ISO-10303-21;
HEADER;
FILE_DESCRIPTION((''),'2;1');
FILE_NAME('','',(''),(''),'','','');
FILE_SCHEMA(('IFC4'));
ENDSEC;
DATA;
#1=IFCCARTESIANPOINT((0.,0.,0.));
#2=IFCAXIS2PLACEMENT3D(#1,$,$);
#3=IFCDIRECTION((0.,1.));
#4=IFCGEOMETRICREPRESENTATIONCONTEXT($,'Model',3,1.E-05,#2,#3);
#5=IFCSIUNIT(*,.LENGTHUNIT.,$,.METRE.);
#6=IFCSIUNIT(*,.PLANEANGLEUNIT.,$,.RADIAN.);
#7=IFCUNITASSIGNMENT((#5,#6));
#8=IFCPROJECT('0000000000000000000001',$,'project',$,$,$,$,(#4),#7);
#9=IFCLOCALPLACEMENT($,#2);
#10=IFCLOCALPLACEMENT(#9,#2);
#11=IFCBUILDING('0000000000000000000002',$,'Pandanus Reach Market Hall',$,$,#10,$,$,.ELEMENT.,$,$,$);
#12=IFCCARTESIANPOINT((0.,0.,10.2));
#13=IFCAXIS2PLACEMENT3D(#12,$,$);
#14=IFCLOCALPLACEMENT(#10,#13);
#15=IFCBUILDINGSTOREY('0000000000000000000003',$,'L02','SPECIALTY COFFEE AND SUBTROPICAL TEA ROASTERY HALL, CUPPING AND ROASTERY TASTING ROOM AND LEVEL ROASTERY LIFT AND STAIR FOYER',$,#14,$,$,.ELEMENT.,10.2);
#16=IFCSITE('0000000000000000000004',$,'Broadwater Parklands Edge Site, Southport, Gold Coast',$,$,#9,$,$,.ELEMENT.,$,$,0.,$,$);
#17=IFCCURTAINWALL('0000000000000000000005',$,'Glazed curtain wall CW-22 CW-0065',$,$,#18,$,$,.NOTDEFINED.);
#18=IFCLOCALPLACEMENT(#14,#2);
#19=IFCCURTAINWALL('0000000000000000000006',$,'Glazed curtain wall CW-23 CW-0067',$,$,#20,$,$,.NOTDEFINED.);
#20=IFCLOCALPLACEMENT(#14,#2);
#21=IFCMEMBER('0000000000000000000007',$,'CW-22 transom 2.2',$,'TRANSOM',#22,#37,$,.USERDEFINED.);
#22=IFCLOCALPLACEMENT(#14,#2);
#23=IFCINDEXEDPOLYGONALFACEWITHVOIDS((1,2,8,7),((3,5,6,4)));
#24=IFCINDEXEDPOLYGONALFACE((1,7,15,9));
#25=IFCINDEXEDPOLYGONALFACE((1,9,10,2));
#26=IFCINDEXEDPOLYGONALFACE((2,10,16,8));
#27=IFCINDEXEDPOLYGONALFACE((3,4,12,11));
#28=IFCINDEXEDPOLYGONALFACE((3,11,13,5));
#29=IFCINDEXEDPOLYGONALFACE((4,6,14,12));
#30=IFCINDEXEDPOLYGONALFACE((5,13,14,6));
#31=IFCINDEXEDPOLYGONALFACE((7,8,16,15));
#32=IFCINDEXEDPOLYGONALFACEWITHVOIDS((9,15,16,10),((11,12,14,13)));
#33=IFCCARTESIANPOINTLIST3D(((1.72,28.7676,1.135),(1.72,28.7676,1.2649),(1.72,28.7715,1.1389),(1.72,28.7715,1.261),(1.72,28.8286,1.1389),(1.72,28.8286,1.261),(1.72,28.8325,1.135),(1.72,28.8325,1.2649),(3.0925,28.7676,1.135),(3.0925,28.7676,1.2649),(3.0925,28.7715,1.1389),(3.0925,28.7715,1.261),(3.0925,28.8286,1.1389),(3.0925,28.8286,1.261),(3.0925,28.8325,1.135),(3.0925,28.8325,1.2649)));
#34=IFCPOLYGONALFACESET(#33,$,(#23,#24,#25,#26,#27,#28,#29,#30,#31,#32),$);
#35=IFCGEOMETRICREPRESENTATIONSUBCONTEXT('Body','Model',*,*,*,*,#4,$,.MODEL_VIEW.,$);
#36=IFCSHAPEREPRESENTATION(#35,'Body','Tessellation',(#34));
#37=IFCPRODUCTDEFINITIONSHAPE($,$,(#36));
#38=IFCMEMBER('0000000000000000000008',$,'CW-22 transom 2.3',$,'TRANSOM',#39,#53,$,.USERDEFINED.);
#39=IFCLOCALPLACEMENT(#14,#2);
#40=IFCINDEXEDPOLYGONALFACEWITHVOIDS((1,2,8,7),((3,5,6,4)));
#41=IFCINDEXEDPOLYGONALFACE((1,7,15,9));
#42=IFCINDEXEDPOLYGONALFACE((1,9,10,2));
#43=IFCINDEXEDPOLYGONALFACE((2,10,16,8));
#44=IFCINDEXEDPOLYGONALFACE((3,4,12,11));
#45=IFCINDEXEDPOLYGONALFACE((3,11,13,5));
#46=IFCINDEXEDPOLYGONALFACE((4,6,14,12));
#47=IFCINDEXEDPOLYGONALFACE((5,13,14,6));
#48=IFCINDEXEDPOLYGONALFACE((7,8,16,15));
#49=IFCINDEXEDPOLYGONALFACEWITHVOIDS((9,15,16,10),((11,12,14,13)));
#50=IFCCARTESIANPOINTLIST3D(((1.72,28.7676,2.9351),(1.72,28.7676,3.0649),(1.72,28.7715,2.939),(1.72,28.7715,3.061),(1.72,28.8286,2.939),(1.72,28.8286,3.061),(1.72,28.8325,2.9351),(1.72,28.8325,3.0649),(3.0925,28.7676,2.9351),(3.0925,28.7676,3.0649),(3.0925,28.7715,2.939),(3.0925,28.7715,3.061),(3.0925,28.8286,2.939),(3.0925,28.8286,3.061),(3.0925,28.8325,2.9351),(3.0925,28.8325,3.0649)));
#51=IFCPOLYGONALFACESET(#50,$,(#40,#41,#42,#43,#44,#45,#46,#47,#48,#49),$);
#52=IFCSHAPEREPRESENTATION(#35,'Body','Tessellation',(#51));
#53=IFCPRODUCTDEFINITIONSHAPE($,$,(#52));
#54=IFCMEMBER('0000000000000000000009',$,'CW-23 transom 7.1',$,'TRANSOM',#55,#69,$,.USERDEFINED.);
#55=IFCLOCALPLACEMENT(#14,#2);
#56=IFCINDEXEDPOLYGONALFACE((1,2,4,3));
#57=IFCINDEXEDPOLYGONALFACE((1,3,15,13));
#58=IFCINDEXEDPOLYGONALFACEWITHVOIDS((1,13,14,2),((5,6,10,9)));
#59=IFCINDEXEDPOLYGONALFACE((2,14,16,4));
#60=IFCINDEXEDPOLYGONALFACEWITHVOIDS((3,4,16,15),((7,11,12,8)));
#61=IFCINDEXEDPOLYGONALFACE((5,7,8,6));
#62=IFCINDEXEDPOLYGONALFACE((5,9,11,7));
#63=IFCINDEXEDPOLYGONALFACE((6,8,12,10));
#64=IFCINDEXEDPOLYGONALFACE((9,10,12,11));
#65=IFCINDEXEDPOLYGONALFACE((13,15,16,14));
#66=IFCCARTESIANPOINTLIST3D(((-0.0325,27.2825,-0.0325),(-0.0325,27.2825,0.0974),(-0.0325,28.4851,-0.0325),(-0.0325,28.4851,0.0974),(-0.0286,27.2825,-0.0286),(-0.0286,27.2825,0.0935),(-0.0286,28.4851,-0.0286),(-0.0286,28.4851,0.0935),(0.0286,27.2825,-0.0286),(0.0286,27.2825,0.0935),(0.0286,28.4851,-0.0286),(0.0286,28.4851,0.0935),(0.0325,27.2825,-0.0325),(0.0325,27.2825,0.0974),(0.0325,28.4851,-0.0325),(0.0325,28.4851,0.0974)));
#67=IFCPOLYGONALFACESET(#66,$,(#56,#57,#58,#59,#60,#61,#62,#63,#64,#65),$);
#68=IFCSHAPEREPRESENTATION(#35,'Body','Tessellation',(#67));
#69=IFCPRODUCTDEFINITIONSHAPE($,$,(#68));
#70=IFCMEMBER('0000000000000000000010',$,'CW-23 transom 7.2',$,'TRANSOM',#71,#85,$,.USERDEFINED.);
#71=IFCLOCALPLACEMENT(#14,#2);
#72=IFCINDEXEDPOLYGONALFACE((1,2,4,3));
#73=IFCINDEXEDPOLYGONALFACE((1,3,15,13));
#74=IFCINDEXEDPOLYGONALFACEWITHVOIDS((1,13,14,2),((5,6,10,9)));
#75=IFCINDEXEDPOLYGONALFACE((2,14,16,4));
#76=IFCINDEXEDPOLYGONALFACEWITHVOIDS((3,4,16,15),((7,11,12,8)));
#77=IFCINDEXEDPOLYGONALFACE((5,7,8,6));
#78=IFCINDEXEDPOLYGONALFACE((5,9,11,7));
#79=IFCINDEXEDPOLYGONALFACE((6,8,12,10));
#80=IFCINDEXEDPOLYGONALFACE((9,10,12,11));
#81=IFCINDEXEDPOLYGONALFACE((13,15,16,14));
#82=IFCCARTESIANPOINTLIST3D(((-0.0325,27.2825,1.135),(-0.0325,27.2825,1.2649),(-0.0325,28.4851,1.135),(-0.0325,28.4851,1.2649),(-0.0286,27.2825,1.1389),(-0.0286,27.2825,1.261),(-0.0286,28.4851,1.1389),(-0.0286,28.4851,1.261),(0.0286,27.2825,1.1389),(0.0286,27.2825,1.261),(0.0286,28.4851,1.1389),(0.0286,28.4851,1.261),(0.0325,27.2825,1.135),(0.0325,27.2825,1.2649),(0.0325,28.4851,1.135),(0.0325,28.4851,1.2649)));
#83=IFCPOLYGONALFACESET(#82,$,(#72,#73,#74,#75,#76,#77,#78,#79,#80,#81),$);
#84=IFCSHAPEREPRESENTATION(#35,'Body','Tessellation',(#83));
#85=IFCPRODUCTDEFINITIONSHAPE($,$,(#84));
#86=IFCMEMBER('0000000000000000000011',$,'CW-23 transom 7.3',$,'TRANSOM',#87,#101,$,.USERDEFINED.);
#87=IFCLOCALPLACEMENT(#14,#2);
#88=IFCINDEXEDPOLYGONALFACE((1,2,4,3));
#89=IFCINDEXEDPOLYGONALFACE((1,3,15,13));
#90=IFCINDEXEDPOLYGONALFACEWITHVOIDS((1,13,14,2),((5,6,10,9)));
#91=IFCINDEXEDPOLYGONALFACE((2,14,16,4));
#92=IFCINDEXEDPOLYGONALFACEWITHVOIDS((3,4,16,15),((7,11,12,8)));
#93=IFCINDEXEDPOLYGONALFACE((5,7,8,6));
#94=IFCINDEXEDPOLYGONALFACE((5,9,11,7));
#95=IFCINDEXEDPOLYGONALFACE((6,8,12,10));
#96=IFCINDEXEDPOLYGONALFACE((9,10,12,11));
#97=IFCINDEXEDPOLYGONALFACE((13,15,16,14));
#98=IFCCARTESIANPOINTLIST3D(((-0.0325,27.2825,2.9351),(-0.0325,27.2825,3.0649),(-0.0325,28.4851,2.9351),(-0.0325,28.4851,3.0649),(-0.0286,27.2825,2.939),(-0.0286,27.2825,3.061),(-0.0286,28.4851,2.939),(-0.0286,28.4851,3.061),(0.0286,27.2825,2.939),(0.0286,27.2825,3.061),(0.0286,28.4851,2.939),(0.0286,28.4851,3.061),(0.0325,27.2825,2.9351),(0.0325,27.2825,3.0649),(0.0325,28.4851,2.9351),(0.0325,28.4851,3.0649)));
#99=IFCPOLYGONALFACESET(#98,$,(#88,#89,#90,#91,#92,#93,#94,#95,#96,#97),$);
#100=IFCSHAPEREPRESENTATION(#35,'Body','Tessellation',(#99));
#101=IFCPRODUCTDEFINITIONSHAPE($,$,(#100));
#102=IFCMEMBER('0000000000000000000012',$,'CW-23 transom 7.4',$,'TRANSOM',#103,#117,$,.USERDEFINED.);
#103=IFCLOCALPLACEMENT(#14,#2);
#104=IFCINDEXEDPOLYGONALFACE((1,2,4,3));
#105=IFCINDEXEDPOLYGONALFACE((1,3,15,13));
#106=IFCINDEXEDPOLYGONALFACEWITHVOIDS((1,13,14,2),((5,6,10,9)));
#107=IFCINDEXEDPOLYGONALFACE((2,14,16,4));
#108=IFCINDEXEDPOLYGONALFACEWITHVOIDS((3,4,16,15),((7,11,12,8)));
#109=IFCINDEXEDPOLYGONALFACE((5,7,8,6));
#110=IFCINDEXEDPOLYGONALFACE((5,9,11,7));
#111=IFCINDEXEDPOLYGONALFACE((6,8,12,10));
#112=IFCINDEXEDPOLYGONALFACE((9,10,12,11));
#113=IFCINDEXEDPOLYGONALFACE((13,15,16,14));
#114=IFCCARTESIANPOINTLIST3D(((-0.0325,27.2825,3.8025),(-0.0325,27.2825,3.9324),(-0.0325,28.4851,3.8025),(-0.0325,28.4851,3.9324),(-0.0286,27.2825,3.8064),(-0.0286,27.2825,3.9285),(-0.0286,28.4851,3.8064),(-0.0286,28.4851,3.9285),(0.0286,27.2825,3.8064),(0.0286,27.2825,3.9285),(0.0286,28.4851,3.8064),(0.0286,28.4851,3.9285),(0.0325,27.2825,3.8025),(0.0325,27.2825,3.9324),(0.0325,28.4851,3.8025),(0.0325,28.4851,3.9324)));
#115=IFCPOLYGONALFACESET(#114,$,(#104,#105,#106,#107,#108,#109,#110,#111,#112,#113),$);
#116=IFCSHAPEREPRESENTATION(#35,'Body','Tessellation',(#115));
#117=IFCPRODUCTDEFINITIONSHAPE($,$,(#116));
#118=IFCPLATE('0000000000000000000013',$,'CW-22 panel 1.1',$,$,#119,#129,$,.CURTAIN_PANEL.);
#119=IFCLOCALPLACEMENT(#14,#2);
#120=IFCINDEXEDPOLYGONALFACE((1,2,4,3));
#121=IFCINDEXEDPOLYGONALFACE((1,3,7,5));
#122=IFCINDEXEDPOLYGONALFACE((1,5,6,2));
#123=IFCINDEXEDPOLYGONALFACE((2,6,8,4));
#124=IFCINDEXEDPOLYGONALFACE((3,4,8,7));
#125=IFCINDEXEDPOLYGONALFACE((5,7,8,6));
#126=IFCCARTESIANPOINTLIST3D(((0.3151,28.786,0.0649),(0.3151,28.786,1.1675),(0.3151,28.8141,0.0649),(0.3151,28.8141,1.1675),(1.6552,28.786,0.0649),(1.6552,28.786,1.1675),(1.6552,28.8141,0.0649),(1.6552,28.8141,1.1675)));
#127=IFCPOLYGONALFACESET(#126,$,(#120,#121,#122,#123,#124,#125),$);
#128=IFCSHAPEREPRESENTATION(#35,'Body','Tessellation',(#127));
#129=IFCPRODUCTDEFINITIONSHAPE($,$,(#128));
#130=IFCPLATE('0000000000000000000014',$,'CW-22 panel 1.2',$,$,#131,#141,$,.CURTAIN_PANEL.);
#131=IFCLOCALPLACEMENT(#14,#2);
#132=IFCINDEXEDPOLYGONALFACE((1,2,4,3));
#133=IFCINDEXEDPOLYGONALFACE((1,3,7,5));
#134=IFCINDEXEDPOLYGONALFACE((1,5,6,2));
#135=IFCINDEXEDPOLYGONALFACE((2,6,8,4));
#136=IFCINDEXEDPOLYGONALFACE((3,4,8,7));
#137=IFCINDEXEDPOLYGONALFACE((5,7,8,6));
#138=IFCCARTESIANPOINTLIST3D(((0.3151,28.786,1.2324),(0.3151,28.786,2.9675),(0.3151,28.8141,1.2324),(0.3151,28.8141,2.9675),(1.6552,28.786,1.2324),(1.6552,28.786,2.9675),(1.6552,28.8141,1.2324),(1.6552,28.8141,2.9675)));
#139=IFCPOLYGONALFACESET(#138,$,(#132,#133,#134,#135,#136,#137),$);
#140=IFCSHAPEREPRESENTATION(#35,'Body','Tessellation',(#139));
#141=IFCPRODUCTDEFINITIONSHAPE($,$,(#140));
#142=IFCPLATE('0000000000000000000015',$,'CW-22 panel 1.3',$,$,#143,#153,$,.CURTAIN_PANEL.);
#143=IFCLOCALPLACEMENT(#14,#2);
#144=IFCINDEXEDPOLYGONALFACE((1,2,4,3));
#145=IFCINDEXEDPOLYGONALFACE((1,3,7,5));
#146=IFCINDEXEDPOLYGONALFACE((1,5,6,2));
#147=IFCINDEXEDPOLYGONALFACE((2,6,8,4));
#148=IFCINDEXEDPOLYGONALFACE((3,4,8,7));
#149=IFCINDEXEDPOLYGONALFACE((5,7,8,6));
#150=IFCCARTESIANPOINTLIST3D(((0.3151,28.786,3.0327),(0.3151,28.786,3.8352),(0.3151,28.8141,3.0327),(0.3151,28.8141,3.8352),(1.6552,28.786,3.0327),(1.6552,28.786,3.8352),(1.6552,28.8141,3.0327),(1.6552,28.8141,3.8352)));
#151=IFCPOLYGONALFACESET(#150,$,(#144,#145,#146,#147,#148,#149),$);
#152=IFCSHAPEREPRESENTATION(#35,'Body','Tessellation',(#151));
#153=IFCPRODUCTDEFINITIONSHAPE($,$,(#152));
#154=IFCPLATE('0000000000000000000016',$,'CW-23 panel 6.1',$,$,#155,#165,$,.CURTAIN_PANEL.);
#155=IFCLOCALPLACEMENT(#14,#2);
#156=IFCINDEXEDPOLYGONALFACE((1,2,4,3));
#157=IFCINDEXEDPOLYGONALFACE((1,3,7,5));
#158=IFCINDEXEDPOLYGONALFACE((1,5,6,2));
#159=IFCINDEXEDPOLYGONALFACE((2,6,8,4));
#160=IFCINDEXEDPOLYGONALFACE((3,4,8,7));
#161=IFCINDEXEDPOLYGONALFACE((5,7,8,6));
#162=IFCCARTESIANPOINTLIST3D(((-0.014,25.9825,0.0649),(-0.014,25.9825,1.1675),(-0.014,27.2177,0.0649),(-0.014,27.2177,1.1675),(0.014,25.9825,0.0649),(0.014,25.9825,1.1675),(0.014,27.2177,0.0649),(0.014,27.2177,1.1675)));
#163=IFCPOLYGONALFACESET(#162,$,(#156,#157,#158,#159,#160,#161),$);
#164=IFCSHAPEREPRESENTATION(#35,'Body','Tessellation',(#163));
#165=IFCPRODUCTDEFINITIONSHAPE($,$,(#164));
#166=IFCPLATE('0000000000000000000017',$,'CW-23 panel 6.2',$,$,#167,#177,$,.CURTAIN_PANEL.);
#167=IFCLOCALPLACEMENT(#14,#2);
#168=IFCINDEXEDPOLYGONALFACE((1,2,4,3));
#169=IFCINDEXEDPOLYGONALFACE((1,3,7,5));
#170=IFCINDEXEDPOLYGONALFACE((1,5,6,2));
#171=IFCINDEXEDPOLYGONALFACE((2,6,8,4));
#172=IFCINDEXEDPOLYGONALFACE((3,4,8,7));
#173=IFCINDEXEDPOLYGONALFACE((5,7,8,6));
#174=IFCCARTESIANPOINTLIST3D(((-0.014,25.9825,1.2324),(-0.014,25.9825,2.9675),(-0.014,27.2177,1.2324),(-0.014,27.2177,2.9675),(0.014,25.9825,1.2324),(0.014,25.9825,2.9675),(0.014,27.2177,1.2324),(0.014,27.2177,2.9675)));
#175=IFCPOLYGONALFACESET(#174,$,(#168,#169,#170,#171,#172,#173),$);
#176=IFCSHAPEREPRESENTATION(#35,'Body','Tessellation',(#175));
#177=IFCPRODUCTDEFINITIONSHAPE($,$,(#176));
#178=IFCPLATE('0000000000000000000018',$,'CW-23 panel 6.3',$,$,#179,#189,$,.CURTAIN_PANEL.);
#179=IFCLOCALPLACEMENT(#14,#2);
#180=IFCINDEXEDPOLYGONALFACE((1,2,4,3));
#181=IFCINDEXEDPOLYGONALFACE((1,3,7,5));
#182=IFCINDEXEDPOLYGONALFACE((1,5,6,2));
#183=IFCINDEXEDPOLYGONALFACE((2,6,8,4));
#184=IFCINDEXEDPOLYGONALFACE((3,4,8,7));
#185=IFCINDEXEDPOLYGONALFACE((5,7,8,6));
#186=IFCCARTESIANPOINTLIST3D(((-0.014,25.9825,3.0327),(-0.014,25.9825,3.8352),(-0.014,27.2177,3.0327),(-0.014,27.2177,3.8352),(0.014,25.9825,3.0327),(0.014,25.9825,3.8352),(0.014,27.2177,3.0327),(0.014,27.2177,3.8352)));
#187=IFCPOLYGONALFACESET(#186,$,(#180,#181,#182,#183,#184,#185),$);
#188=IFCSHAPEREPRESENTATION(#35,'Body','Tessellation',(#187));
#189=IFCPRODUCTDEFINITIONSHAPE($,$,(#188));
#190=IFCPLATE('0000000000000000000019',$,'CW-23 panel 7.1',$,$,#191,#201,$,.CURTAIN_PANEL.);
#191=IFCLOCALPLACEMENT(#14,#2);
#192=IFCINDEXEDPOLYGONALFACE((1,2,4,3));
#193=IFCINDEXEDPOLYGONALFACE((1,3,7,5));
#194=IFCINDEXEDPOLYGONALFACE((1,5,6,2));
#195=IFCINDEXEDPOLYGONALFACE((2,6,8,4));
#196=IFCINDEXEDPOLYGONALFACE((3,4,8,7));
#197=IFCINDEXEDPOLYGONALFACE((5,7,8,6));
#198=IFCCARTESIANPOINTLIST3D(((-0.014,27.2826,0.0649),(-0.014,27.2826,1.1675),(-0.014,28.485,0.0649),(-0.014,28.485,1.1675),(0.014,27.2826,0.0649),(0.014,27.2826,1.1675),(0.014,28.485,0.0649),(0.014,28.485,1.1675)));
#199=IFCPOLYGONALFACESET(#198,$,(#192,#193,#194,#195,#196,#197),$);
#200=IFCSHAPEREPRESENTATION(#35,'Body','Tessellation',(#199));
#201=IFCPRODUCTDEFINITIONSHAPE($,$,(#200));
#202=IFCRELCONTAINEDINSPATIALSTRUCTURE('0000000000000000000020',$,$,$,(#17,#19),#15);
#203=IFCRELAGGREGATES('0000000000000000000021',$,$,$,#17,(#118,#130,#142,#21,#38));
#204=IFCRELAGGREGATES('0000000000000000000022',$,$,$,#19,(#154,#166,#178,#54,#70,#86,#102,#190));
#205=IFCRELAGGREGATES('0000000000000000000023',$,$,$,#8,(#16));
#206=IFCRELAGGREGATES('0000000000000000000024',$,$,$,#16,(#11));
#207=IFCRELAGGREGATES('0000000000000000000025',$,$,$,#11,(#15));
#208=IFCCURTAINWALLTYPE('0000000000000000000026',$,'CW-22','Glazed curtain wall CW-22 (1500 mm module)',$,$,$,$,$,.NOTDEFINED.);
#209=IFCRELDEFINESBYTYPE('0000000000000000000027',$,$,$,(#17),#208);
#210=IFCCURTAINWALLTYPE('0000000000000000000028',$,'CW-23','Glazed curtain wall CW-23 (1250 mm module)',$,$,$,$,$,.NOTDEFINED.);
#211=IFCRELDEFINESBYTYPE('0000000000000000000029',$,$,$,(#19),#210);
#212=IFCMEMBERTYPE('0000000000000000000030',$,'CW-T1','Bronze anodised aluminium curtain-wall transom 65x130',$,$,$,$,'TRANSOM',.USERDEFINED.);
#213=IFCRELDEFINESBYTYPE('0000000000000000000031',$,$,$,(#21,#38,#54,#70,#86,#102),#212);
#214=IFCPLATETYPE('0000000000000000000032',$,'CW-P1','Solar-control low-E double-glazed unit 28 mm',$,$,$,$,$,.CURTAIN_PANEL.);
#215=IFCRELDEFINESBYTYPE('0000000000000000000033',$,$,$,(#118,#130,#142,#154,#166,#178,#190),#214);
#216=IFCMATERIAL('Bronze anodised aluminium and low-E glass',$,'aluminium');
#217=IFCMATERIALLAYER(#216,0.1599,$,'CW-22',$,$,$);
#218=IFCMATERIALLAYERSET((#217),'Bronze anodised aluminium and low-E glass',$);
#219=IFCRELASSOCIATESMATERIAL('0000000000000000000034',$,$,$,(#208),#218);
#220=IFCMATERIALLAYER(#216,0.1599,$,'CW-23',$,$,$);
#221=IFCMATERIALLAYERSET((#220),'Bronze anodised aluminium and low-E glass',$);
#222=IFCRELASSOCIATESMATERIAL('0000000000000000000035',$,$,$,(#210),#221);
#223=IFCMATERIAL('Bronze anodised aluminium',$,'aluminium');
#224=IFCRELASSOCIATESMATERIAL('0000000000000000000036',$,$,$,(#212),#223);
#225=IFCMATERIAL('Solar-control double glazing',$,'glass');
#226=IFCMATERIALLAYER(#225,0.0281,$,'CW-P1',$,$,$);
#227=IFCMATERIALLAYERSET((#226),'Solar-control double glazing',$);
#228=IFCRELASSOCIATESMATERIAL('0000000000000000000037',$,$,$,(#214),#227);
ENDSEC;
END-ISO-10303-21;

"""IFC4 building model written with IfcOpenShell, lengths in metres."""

from ifc_helpers import new_model, si_unit, direction, frame, origin, origin_2d, place, context, subcontext, project, spatial, rectangle, hollow_rectangle, extrude, material, layer, layer_set, material_profile, profile_set, type_object, element, aggregate, save


model = new_model("IFC4")

# Units and contexts
model_context = context("Model", 3, precision=1e-05, world=origin(), true_north=direction((0.0, 1.0)))
body_context = subcontext(model_context, "Body", "Model", "MODEL_VIEW")
ifc_project = project(units=[si_unit("LENGTHUNIT", "METRE"), si_unit("PLANEANGLEUNIT", "RADIAN")], contexts=[model_context])

# Site, building, storey
site_placement = place(None, origin())
site = spatial("IfcSite", under=ifc_project, at=site_placement, Name="Broadwater Parklands Edge Site, Southport, Gold Coast", CompositionType="ELEMENT", RefElevation=0.0)
building_placement = place(site_placement, origin())
building = spatial("IfcBuilding", under=site, at=building_placement, Name="Pandanus Reach Market Hall", CompositionType="ELEMENT")
storey_placement = place(building_placement, frame((0.0, 0.0, 10.2)))
storey = spatial("IfcBuildingStorey", under=building, at=storey_placement, Name="L02", Description="SPECIALTY COFFEE AND SUBTROPICAL TEA ROASTERY HALL, CUPPING AND ROASTERY TASTING ROOM AND LEVEL ROASTERY LIFT AND STAIR FOYER", CompositionType="ELEMENT", Elevation=10.2)

# Curtain walls
ifc_material_1 = material(Name="Bronze anodised aluminium and low-E glass", Category="aluminium")
ifc_layer_1 = layer(ifc_material_1, 0.1599, Name="CW-22")
ifc_layer_set_1 = layer_set([ifc_layer_1], Name="Bronze anodised aluminium and low-E glass")
curtain_wall_type_1 = type_object("IfcCurtainWallType", Name="CW-22", Description="Glazed curtain wall CW-22 (1500 mm module)", PredefinedType="NOTDEFINED", material=ifc_layer_set_1)
curtain_wall_1_placement = place(storey_placement, origin())
curtain_wall_1 = element("IfcCurtainWall", 1, at=curtain_wall_1_placement, inside=storey, type_object=curtain_wall_type_1, Name="Glazed curtain wall CW-22 CW-0065", PredefinedType="NOTDEFINED")
ifc_material_2 = material(Name="Bronze anodised aluminium", Category="aluminium")
ifc_layer_2 = layer(ifc_material_1, 0.1599, Name="CW-23")
ifc_layer_set_2 = layer_set([ifc_layer_2], Name="Bronze anodised aluminium and low-E glass")
curtain_wall_type_2 = type_object("IfcCurtainWallType", Name="CW-23", Description="Glazed curtain wall CW-23 (1250 mm module)", PredefinedType="NOTDEFINED", material=ifc_layer_set_2)
curtain_wall_2_placement = place(storey_placement, origin())
curtain_wall_2 = element("IfcCurtainWall", 2, at=curtain_wall_2_placement, inside=storey, type_object=curtain_wall_type_2, Name="Glazed curtain wall CW-23 CW-0067", PredefinedType="NOTDEFINED")

# Members
ifc_material_profile_1 = material_profile(ifc_material_2, hollow_rectangle(XDim=0.0649, YDim=0.1299, WallThickness=0.0039, at=origin_2d()), Name="ALU65x130", Category="LoadBearing")
ifc_profile_set_1 = profile_set([ifc_material_profile_1], Name="Bronze anodised aluminium")
member_type_1 = type_object("IfcMemberType", Name="CW-T1", Description="Bronze anodised aluminium curtain-wall transom 65x130", ElementType="TRANSOM", PredefinedType="USERDEFINED", material=ifc_profile_set_1)
member_1_placement = place(storey_placement, frame((1.72, 28.8, 1.2), z_axis=(1.0, 0.0, 0.0), x_axis=(0.0, 1.0, 0.0)))
member_1 = element("IfcMember", 3, at=member_1_placement, type_object=member_type_1, Name="CW-22 transom 2.2", ObjectType="TRANSOM", PredefinedType="USERDEFINED", context=body_context, shape_type="SweptSolid", body=[
    extrude(hollow_rectangle(XDim=0.0649, YDim=0.1299, WallThickness=0.0039, at=origin_2d()), origin(), (0.0, 0.0, 1.0), 1.3726),
])
member_2_placement = place(storey_placement, frame((1.72, 28.8, 3.0), z_axis=(1.0, 0.0, 0.0), x_axis=(0.0, 1.0, 0.0)))
member_2 = element("IfcMember", 4, at=member_2_placement, type_object=member_type_1, Name="CW-22 transom 2.3", ObjectType="TRANSOM", PredefinedType="USERDEFINED", context=body_context, shape_type="SweptSolid", body=[
    extrude(hollow_rectangle(XDim=0.0649, YDim=0.1299, WallThickness=0.0039, at=origin_2d()), origin(), (0.0, 0.0, 1.0), 1.3726),
])
member_3_placement = place(storey_placement, frame((0.0, 27.2825, 0.0325), z_axis=(0.0, 1.0, 0.0), x_axis=(-1.0, 0.0, 0.0)))
member_3 = element("IfcMember", 5, at=member_3_placement, type_object=member_type_1, Name="CW-23 transom 7.1", ObjectType="TRANSOM", PredefinedType="USERDEFINED", context=body_context, shape_type="SweptSolid", body=[
    extrude(hollow_rectangle(XDim=0.0649, YDim=0.1299, WallThickness=0.0039, at=origin_2d()), origin(), (0.0, 0.0, 1.0), 1.2026),
])
member_4_placement = place(storey_placement, frame((0.0, 27.2825, 1.2), z_axis=(0.0, 1.0, 0.0), x_axis=(-1.0, 0.0, 0.0)))
member_4 = element("IfcMember", 6, at=member_4_placement, type_object=member_type_1, Name="CW-23 transom 7.2", ObjectType="TRANSOM", PredefinedType="USERDEFINED", context=body_context, shape_type="SweptSolid", body=[
    extrude(hollow_rectangle(XDim=0.0649, YDim=0.1299, WallThickness=0.0039, at=origin_2d()), origin(), (0.0, 0.0, 1.0), 1.2026),
])
member_5_placement = place(storey_placement, frame((0.0, 27.2825, 3.0), z_axis=(0.0, 1.0, 0.0), x_axis=(-1.0, 0.0, 0.0)))
member_5 = element("IfcMember", 7, at=member_5_placement, type_object=member_type_1, Name="CW-23 transom 7.3", ObjectType="TRANSOM", PredefinedType="USERDEFINED", context=body_context, shape_type="SweptSolid", body=[
    extrude(hollow_rectangle(XDim=0.0649, YDim=0.1299, WallThickness=0.0039, at=origin_2d()), origin(), (0.0, 0.0, 1.0), 1.2026),
])
member_6_placement = place(storey_placement, frame((0.0, 27.2825, 3.8674), z_axis=(0.0, 1.0, 0.0), x_axis=(-1.0, 0.0, 0.0)))
member_6 = element("IfcMember", 8, at=member_6_placement, type_object=member_type_1, Name="CW-23 transom 7.4", ObjectType="TRANSOM", PredefinedType="USERDEFINED", context=body_context, shape_type="SweptSolid", body=[
    extrude(hollow_rectangle(XDim=0.0649, YDim=0.1299, WallThickness=0.0039, at=origin_2d()), origin(), (0.0, 0.0, 1.0), 1.2026),
])

# Plates
ifc_material_3 = material(Name="Solar-control double glazing", Category="glass")
ifc_layer_3 = layer(ifc_material_3, 0.0281, Name="CW-P1")
ifc_layer_set_3 = layer_set([ifc_layer_3], Name="Solar-control double glazing")
plate_type = type_object("IfcPlateType", Name="CW-P1", Description="Solar-control low-E double-glazed unit 28 mm", PredefinedType="CURTAIN_PANEL", material=ifc_layer_set_3)
plate_1_placement = place(storey_placement, frame((0.9851, 28.8, 0.0649), z_axis=(0.0, 0.0, 1.0), x_axis=(1.0, 0.0, 0.0)))
plate_1 = element("IfcPlate", 9, at=plate_1_placement, type_object=plate_type, Name="CW-22 panel 1.1", PredefinedType="CURTAIN_PANEL", context=body_context, shape_type="SweptSolid", body=[
    extrude(rectangle(XDim=1.3401, YDim=0.0281, at=origin_2d()), origin(), (0.0, 0.0, 1.0), 1.1025),
])
plate_2_placement = place(storey_placement, frame((0.9851, 28.8, 1.2324), z_axis=(0.0, 0.0, 1.0), x_axis=(1.0, 0.0, 0.0)))
plate_2 = element("IfcPlate", 10, at=plate_2_placement, type_object=plate_type, Name="CW-22 panel 1.2", PredefinedType="CURTAIN_PANEL", context=body_context, shape_type="SweptSolid", body=[
    extrude(rectangle(XDim=1.3401, YDim=0.0281, at=origin_2d()), origin(), (0.0, 0.0, 1.0), 1.7351),
])
plate_3_placement = place(storey_placement, frame((0.9851, 28.8, 3.0327), z_axis=(0.0, 0.0, 1.0), x_axis=(1.0, 0.0, 0.0)))
plate_3 = element("IfcPlate", 11, at=plate_3_placement, type_object=plate_type, Name="CW-22 panel 1.3", PredefinedType="CURTAIN_PANEL", context=body_context, shape_type="SweptSolid", body=[
    extrude(rectangle(XDim=1.3401, YDim=0.0281, at=origin_2d()), origin(), (0.0, 0.0, 1.0), 0.8025),
])
aggregate(curtain_wall_1, [plate_1, plate_2, plate_3, member_1, member_2])
plate_4_placement = place(storey_placement, frame((0.0, 26.6001, 0.0649), z_axis=(0.0, 0.0, 1.0), x_axis=(0.0, 1.0, 0.0)))
plate_4 = element("IfcPlate", 12, at=plate_4_placement, type_object=plate_type, Name="CW-23 panel 6.1", PredefinedType="CURTAIN_PANEL", context=body_context, shape_type="SweptSolid", body=[
    extrude(rectangle(XDim=1.2351, YDim=0.0281, at=origin_2d()), origin(), (0.0, 0.0, 1.0), 1.1025),
])
plate_5_placement = place(storey_placement, frame((0.0, 26.6001, 1.2324), z_axis=(0.0, 0.0, 1.0), x_axis=(0.0, 1.0, 0.0)))
plate_5 = element("IfcPlate", 13, at=plate_5_placement, type_object=plate_type, Name="CW-23 panel 6.2", PredefinedType="CURTAIN_PANEL", context=body_context, shape_type="SweptSolid", body=[
    extrude(rectangle(XDim=1.2351, YDim=0.0281, at=origin_2d()), origin(), (0.0, 0.0, 1.0), 1.7351),
])
plate_6_placement = place(storey_placement, frame((0.0, 26.6001, 3.0327), z_axis=(0.0, 0.0, 1.0), x_axis=(0.0, 1.0, 0.0)))
plate_6 = element("IfcPlate", 14, at=plate_6_placement, type_object=plate_type, Name="CW-23 panel 6.3", PredefinedType="CURTAIN_PANEL", context=body_context, shape_type="SweptSolid", body=[
    extrude(rectangle(XDim=1.2351, YDim=0.0281, at=origin_2d()), origin(), (0.0, 0.0, 1.0), 0.8025),
])
plate_7_placement = place(storey_placement, frame((0.0, 27.8838, 0.0649), z_axis=(0.0, 0.0, 1.0), x_axis=(0.0, 1.0, 0.0)))
plate_7 = element("IfcPlate", 15, at=plate_7_placement, type_object=plate_type, Name="CW-23 panel 7.1", PredefinedType="CURTAIN_PANEL", context=body_context, shape_type="SweptSolid", body=[
    extrude(rectangle(XDim=1.2024, YDim=0.0281, at=origin_2d()), origin(), (0.0, 0.0, 1.0), 1.1025),
])
aggregate(curtain_wall_2, [plate_4, plate_5, plate_6, member_3, member_4, member_5, member_6, plate_7])

save(model, "model.ifc")
